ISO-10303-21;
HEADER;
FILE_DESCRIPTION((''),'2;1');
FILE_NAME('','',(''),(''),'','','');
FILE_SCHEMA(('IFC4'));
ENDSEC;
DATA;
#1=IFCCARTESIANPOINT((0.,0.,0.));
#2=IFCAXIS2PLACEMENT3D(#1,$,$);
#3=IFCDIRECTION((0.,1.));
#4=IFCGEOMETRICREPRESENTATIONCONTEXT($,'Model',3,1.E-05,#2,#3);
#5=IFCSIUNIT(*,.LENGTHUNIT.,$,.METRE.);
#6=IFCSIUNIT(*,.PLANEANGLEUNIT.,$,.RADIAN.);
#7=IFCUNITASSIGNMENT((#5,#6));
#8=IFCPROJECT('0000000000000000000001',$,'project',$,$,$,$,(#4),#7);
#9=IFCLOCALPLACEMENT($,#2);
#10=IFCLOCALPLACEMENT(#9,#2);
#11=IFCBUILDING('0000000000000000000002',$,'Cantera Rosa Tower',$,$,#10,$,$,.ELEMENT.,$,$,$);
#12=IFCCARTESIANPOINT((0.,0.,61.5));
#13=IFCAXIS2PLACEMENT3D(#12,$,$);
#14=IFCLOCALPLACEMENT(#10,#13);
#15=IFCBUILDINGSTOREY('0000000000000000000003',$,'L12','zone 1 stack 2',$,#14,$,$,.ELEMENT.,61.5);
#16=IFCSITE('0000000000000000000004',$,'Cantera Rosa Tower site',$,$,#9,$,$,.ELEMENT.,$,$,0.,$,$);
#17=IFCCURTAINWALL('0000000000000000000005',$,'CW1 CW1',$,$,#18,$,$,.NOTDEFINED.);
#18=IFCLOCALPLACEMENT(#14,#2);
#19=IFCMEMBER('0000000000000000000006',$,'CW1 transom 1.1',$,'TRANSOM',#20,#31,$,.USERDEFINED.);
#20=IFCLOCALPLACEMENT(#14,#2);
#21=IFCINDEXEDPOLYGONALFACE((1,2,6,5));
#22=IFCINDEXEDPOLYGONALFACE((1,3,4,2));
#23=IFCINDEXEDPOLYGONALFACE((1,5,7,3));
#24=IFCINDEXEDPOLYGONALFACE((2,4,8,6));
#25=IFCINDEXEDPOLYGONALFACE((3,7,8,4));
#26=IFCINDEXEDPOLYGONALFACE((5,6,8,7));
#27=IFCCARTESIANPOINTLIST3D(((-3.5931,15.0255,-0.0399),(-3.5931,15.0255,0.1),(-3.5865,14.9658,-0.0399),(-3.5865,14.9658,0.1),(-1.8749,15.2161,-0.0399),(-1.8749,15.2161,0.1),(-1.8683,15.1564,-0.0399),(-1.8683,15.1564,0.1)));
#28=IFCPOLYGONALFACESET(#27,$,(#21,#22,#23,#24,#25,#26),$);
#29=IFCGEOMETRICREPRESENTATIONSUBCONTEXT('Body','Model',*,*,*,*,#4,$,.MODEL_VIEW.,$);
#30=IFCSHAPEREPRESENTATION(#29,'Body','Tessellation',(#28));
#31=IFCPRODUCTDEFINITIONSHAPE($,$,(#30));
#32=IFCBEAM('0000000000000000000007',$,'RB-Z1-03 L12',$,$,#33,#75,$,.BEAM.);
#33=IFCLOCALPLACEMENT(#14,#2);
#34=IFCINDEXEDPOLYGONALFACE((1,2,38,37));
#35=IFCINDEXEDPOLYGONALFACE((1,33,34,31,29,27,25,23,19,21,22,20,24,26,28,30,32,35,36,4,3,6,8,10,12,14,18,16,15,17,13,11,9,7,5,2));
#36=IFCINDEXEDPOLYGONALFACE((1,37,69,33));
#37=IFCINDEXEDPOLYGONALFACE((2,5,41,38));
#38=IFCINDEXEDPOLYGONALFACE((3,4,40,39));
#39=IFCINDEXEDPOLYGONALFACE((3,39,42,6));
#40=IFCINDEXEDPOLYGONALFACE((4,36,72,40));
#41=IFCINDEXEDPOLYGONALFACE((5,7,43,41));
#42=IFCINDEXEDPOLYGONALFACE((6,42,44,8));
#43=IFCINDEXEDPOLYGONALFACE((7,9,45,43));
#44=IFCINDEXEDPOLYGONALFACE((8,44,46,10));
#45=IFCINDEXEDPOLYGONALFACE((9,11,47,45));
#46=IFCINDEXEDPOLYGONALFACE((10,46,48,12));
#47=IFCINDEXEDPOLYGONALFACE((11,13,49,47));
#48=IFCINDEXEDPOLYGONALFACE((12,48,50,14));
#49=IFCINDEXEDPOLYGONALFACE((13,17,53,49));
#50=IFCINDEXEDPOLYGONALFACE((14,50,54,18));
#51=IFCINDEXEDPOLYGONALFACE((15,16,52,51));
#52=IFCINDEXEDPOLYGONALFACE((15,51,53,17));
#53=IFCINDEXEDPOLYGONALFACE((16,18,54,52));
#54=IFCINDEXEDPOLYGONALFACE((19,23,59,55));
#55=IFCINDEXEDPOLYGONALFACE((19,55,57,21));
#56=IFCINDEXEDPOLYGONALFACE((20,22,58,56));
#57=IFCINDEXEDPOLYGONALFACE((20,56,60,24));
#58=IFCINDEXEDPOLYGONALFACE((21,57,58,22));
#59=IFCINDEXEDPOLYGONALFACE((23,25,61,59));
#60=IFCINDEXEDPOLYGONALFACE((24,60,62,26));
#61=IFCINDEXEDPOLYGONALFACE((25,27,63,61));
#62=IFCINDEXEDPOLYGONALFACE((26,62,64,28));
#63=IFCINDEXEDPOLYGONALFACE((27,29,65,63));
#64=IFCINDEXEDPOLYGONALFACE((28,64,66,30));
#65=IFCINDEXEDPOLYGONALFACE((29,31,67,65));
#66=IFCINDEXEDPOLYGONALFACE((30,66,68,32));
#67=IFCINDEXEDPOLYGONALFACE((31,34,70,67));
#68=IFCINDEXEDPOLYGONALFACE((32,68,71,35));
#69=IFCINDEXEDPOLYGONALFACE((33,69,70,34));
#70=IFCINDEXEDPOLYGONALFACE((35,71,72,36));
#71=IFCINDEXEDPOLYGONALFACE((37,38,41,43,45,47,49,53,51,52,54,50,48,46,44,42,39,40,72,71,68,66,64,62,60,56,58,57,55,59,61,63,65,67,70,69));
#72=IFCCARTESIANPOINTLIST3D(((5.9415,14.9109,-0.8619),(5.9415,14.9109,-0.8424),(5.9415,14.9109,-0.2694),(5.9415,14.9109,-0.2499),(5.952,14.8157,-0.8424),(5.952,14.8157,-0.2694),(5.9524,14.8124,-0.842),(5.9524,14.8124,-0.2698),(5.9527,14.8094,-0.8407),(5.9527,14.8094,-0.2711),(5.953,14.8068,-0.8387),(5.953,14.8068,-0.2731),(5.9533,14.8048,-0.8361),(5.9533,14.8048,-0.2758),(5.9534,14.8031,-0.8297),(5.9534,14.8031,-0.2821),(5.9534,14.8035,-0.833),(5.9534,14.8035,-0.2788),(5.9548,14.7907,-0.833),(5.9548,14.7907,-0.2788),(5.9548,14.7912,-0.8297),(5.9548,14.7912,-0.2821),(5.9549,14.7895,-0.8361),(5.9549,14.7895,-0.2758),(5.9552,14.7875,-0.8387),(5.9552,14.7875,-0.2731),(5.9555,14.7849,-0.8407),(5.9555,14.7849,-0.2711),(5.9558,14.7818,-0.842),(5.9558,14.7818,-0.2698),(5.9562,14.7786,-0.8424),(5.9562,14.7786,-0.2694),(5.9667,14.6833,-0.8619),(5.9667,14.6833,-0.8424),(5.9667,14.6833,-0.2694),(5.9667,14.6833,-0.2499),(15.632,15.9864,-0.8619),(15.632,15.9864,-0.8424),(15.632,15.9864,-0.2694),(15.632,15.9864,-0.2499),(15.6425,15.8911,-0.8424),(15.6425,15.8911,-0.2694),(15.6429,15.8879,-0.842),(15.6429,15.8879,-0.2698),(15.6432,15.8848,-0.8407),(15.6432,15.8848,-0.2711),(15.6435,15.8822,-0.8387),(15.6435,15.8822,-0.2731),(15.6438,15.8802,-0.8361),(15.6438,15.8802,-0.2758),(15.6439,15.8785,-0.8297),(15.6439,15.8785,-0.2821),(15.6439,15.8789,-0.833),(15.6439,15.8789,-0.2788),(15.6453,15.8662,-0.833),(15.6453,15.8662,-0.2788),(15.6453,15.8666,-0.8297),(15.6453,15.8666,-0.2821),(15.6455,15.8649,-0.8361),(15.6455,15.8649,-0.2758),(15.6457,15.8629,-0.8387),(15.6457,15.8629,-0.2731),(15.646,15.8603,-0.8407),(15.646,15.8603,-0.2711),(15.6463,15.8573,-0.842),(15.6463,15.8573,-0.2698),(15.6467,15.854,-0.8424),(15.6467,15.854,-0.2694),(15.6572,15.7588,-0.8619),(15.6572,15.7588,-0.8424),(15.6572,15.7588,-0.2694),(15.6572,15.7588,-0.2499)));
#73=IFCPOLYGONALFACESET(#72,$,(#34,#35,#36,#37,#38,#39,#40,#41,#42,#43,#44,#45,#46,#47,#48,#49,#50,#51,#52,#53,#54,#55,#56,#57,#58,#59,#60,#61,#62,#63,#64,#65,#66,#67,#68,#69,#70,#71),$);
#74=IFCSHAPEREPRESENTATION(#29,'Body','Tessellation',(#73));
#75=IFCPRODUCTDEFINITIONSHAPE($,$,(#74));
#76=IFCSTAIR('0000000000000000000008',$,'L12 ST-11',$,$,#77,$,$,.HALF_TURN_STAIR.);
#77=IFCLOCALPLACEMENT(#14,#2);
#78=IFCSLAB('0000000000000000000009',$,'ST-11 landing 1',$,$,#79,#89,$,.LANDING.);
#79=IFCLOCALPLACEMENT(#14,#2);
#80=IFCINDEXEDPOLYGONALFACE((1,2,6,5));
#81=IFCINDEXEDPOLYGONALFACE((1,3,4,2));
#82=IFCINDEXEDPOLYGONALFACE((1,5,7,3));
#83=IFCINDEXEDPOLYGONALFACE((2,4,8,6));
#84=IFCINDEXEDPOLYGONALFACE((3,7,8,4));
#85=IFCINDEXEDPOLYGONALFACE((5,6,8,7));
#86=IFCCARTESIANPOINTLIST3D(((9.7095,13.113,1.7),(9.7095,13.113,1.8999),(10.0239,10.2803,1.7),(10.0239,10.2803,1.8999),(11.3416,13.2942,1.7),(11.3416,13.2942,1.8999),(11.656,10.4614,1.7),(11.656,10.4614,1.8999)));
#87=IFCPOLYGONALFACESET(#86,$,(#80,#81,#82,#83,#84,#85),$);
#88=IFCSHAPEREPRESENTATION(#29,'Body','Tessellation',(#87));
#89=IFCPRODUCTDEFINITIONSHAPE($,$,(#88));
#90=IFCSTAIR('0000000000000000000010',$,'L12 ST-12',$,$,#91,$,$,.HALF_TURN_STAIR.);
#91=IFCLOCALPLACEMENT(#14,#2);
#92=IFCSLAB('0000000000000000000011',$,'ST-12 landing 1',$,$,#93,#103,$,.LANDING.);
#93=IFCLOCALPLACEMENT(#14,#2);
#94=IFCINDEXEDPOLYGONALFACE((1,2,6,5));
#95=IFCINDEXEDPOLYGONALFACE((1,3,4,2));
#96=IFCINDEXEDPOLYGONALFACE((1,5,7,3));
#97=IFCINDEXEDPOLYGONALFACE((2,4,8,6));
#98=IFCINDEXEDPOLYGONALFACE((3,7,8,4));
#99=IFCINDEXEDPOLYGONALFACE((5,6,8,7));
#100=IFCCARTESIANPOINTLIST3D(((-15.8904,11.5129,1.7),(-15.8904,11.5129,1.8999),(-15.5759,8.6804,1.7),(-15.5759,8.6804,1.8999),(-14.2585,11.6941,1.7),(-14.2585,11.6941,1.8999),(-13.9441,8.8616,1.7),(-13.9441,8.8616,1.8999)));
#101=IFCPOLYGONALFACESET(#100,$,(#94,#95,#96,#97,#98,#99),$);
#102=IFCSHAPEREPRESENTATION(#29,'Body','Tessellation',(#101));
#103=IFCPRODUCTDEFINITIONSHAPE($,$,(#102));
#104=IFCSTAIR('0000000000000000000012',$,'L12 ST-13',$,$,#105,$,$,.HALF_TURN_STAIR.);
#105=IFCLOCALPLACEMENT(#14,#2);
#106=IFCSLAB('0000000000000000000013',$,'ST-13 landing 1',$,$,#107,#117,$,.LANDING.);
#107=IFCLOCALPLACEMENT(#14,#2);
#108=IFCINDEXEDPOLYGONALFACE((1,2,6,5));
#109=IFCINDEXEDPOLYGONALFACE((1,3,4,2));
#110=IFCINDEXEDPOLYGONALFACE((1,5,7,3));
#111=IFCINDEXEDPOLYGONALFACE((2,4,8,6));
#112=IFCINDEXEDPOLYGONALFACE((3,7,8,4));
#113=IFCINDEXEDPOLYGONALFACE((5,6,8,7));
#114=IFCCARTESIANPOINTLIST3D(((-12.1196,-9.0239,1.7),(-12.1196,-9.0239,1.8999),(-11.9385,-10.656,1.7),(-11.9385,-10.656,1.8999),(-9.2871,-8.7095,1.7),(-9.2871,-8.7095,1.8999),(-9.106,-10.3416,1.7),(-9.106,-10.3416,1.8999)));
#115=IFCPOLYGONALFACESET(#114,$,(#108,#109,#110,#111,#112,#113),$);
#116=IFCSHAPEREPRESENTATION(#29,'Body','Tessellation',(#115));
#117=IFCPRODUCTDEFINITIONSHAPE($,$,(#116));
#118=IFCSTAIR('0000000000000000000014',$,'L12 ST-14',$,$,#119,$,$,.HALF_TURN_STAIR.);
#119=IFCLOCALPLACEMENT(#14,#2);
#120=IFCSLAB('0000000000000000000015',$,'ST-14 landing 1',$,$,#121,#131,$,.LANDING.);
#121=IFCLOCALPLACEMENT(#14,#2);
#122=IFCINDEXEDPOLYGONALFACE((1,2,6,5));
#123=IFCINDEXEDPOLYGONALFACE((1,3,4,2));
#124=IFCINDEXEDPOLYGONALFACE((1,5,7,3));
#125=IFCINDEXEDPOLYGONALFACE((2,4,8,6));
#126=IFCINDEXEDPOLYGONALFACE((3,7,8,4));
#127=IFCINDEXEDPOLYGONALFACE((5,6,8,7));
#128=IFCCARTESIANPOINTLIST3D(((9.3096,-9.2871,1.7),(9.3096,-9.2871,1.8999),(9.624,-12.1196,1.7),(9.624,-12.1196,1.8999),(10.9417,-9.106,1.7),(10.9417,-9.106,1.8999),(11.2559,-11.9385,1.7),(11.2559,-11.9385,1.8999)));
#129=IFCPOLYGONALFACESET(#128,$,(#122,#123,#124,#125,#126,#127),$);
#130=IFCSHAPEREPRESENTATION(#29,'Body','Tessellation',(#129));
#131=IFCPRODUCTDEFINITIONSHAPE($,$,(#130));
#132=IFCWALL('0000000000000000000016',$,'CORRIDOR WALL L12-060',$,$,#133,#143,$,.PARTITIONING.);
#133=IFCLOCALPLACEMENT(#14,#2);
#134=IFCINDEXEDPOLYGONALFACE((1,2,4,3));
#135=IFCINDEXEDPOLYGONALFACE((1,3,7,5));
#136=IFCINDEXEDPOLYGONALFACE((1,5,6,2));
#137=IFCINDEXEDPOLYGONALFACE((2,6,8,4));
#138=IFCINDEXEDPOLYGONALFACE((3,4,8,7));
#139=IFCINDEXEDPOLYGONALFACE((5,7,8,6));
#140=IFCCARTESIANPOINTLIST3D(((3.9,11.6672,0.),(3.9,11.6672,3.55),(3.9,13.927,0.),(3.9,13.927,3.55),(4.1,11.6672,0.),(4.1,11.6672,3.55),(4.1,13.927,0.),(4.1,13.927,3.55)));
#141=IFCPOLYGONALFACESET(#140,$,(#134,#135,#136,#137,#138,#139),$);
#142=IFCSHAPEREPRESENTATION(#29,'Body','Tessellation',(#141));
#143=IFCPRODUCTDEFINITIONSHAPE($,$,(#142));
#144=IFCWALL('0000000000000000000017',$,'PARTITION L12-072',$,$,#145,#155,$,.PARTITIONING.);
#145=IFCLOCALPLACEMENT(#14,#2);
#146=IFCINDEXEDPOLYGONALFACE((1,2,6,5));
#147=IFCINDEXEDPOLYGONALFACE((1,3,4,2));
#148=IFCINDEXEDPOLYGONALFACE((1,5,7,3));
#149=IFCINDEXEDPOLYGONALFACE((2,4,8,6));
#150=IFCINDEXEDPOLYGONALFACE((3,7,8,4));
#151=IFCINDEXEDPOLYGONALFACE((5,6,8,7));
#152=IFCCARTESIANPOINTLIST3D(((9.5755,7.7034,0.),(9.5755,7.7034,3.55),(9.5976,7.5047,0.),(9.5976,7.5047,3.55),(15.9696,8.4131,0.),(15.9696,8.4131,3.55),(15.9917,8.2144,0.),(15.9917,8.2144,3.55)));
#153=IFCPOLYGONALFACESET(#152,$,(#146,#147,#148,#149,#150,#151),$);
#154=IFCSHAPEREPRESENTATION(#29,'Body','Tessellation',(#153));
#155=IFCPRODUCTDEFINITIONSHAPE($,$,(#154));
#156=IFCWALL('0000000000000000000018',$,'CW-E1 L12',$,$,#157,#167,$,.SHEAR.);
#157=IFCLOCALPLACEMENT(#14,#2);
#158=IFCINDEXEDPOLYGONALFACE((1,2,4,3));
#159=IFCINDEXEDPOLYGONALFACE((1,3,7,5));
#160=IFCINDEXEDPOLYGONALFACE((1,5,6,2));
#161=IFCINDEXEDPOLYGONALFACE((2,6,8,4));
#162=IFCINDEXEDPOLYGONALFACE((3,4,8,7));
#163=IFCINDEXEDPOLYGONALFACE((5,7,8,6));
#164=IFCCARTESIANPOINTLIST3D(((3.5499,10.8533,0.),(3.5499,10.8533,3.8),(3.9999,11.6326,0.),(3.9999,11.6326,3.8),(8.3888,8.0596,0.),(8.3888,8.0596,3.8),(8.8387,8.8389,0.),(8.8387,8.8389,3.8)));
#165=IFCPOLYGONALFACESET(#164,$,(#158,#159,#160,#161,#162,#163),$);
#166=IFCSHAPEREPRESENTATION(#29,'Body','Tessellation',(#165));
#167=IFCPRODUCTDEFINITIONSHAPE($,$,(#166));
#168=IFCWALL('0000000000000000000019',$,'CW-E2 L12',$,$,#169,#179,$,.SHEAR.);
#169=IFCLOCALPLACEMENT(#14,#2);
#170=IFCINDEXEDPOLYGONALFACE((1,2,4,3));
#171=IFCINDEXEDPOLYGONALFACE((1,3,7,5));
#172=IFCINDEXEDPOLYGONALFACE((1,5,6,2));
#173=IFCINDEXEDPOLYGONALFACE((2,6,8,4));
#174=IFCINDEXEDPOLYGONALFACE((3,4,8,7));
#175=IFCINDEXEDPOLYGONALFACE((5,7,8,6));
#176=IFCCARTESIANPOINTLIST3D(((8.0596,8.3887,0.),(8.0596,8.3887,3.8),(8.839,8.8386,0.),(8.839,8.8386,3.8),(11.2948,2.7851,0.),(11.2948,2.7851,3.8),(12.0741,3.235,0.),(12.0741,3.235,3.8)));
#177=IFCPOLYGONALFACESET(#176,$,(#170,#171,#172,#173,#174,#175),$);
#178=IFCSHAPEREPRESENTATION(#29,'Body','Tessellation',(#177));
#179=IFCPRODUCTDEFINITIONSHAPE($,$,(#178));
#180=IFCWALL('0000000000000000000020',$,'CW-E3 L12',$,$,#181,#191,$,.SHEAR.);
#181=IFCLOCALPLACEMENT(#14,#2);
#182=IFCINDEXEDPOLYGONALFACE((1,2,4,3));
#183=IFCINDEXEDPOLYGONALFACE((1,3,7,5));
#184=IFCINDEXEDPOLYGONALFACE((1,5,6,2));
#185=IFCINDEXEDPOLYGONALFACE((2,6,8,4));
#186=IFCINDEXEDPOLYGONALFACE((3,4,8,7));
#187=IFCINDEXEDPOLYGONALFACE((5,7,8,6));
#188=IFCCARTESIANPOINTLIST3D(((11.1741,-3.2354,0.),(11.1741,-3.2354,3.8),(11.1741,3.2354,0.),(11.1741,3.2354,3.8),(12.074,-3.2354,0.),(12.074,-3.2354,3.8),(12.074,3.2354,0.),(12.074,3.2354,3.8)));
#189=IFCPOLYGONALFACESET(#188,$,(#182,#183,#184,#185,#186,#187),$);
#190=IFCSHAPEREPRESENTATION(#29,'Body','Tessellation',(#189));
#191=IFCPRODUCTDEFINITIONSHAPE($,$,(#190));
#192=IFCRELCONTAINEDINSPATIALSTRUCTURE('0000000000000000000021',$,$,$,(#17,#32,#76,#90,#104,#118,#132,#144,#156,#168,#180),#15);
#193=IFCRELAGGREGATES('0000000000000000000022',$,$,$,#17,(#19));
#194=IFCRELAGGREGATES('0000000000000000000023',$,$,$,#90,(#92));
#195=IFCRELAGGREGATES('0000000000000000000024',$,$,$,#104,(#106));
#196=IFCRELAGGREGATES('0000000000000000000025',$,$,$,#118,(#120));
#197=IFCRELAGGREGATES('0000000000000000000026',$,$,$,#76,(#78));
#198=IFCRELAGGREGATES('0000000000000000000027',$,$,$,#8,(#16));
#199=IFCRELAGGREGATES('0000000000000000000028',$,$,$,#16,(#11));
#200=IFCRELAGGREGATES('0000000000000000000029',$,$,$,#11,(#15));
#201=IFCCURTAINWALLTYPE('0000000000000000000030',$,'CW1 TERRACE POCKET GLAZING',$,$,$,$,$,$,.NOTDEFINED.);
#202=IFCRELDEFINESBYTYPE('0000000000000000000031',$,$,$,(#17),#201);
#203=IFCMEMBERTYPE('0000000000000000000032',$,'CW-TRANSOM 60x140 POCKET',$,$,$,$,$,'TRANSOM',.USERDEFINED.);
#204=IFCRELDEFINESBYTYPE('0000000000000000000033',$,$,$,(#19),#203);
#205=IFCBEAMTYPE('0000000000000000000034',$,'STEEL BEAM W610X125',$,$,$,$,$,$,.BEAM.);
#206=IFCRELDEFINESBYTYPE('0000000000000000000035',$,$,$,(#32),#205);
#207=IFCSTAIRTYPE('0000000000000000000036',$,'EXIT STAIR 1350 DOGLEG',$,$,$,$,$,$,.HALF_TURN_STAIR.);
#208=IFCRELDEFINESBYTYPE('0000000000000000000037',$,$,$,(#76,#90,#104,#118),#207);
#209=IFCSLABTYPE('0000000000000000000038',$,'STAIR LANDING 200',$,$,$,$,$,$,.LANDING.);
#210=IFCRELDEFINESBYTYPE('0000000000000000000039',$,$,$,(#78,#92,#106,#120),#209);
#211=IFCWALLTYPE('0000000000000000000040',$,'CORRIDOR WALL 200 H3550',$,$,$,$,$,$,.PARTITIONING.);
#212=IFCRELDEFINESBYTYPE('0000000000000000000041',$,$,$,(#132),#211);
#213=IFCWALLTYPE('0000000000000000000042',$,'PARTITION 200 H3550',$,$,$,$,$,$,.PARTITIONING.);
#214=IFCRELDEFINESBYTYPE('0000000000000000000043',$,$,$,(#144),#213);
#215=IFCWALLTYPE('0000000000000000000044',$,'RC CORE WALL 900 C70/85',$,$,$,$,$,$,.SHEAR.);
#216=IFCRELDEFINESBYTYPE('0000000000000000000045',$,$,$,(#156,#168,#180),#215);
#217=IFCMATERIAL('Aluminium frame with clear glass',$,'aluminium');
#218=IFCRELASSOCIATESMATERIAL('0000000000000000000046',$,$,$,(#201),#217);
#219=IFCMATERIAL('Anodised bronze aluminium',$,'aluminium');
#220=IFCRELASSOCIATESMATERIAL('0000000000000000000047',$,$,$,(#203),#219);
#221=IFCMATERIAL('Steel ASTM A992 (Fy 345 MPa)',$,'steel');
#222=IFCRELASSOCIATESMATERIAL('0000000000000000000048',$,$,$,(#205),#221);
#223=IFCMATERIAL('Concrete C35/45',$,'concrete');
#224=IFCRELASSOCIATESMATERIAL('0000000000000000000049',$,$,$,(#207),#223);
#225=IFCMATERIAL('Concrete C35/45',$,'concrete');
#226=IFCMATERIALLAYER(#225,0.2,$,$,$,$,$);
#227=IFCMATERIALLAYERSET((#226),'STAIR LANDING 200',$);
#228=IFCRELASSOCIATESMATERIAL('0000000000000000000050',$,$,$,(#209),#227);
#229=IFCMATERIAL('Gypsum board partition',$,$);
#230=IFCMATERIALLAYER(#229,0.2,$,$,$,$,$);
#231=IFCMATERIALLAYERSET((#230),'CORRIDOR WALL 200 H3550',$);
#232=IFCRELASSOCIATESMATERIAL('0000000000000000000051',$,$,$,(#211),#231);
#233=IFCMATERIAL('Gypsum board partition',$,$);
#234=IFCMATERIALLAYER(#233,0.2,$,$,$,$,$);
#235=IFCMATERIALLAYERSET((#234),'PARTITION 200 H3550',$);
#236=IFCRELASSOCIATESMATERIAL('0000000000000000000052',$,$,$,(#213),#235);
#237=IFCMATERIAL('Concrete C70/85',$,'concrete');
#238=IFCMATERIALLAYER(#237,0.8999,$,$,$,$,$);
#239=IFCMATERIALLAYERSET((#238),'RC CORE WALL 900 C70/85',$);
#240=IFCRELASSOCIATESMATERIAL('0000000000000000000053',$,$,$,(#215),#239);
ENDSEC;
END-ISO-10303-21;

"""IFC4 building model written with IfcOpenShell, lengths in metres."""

from ifc_helpers import new_model, si_unit, direction, frame, frame_2d, origin, origin_2d, place, context, subcontext, project, spatial, polyline, rectangle, i_section, outline, extrude, material, layer, layer_set, material_profile, profile_set, type_object, element, aggregate, save


model = new_model("IFC4")

# Units and contexts
model_context = context("Model", 3, precision=1e-05, world=origin(), true_north=direction((0.0, 1.0)))
body_context = subcontext(model_context, "Body", "Model", "MODEL_VIEW")
ifc_project = project(units=[si_unit("LENGTHUNIT", "METRE"), si_unit("PLANEANGLEUNIT", "RADIAN")], contexts=[model_context])

# Site, building, storey
site_placement = place(None, origin())
site = spatial("IfcSite", under=ifc_project, at=site_placement, Name="Cantera Rosa Tower site", CompositionType="ELEMENT", RefElevation=0.0)
building_placement = place(site_placement, origin())
building = spatial("IfcBuilding", under=site, at=building_placement, Name="Cantera Rosa Tower", CompositionType="ELEMENT")
storey_placement = place(building_placement, frame((0.0, 0.0, 61.5)))
storey = spatial("IfcBuildingStorey", under=building, at=storey_placement, Name="L12", Description="zone 1 stack 2", CompositionType="ELEMENT", Elevation=61.5)

# Curtain wall, member
ifc_material_1 = material(Name="Aluminium frame with clear glass", Category="aluminium")
curtain_wall_type = type_object("IfcCurtainWallType", Name="CW1 TERRACE POCKET GLAZING", PredefinedType="NOTDEFINED", material=ifc_material_1)
curtain_wall_placement = place(storey_placement, origin())
curtain_wall = element("IfcCurtainWall", 1, at=curtain_wall_placement, inside=storey, type_object=curtain_wall_type, Name="CW1 CW1", PredefinedType="NOTDEFINED")
ifc_material_2 = material(Name="Anodised bronze aluminium", Category="aluminium")
ifc_material_profile_1 = material_profile(ifc_material_2, rectangle(XDim=0.0601, YDim=0.1399, at=origin_2d()), Name="CW-TRANSOM 60x140 POCKET")
ifc_profile_set_1 = profile_set([ifc_material_profile_1], Name="Anodised bronze aluminium")
member_type = type_object("IfcMemberType", Name="CW-TRANSOM 60x140 POCKET", ElementType="TRANSOM", PredefinedType="USERDEFINED", material=ifc_profile_set_1)
member_placement = place(storey_placement, frame((-1.8716, 15.1863, 0.03), z_axis=(-0.993899, -0.110292, 0.0), x_axis=(0.110292, -0.993899, 0.0)))
member = element("IfcMember", 2, at=member_placement, type_object=member_type, Name="CW1 transom 1.1", ObjectType="TRANSOM", PredefinedType="USERDEFINED", context=body_context, shape_type="SweptSolid", body=[
    extrude(rectangle(XDim=0.0601, YDim=0.1399, at=origin_2d()), origin(), (0.0, 0.0, 1.0), 1.7288),
])
aggregate(curtain_wall, [member])

# Beam
ifc_material_3 = material(Name="Steel ASTM A992 (Fy 345 MPa)", Category="steel")
ifc_material_profile_2 = material_profile(ifc_material_3, i_section(OverallWidth=0.229, OverallDepth=0.6121, WebThickness=0.012, FlangeThickness=0.0195, FilletRadius=0.0127, at=origin_2d()), Name="W610X125")
ifc_profile_set_2 = profile_set([ifc_material_profile_2], Name="Steel ASTM A992 (Fy 345 MPa)")
beam_type = type_object("IfcBeamType", Name="STEEL BEAM W610X125", PredefinedType="BEAM", material=ifc_profile_set_2)
beam_placement = place(storey_placement, frame((5.9541, 14.7971, -0.5559), z_axis=(0.993898, 0.110302, 0.0), x_axis=(-0.110302, 0.993898, 0.0)))
element("IfcBeam", 3, at=beam_placement, inside=storey, type_object=beam_type, Name="RB-Z1-03 L12", PredefinedType="BEAM", context=body_context, shape_type="SweptSolid", body=[
    extrude(i_section(OverallWidth=0.229, OverallDepth=0.6121, WebThickness=0.012, FlangeThickness=0.0195, FilletRadius=0.0127, at=origin_2d()), origin(), (0.0, 0.0, 1.0), 9.75),
])

# Stairs, slabs
ifc_material_4 = material(Name="Concrete C35/45", Category="concrete")
stair_type = type_object("IfcStairType", Name="EXIT STAIR 1350 DOGLEG", PredefinedType="HALF_TURN_STAIR", material=ifc_material_4)
stair_1_placement = place(storey_placement, origin())
stair_1 = element("IfcStair", 4, at=stair_1_placement, inside=storey, type_object=stair_type, Name="L12 ST-11", PredefinedType="HALF_TURN_STAIR")
ifc_material_5 = material(Name="Concrete C35/45", Category="concrete")
ifc_layer_1 = layer(ifc_material_5, 0.2)
ifc_layer_set_1 = layer_set([ifc_layer_1], Name="STAIR LANDING 200")
slab_type = type_object("IfcSlabType", Name="STAIR LANDING 200", PredefinedType="LANDING", material=ifc_layer_set_1)
slab_1_placement = place(storey_placement, frame((0.0, 0.0, 1.7)))
slab_1 = element("IfcSlab", 5, at=slab_1_placement, type_object=slab_type, Name="ST-11 landing 1", PredefinedType="LANDING", context=body_context, shape_type="SweptSolid", body=[
    extrude(outline(polyline([(11.3416, 13.2942), (9.7095, 13.113), (10.0239, 10.2803), (11.656, 10.4614), (11.3416, 13.2942)])), origin(), (0.0, 0.0, 1.0), 0.2),
])
stair_2_placement = place(storey_placement, origin())
stair_2 = element("IfcStair", 6, at=stair_2_placement, inside=storey, type_object=stair_type, Name="L12 ST-12", PredefinedType="HALF_TURN_STAIR")
slab_2_placement = place(storey_placement, frame((0.0, 0.0, 1.7)))
slab_2 = element("IfcSlab", 7, at=slab_2_placement, type_object=slab_type, Name="ST-12 landing 1", PredefinedType="LANDING", context=body_context, shape_type="SweptSolid", body=[
    extrude(outline(polyline([(-14.2585, 11.6941), (-15.8904, 11.5129), (-15.5759, 8.6804), (-13.9441, 8.8616), (-14.2585, 11.6941)])), origin(), (0.0, 0.0, 1.0), 0.2),
])
aggregate(stair_2, [slab_2])
stair_3_placement = place(storey_placement, origin())
stair_3 = element("IfcStair", 8, at=stair_3_placement, inside=storey, type_object=stair_type, Name="L12 ST-13", PredefinedType="HALF_TURN_STAIR")
slab_3_placement = place(storey_placement, frame((0.0, 0.0, 1.7)))
slab_3 = element("IfcSlab", 9, at=slab_3_placement, type_object=slab_type, Name="ST-13 landing 1", PredefinedType="LANDING", context=body_context, shape_type="SweptSolid", body=[
    extrude(outline(polyline([(-9.106, -10.3416), (-9.2871, -8.7095), (-12.1196, -9.0239), (-11.9385, -10.656), (-9.106, -10.3416)])), origin(), (0.0, 0.0, 1.0), 0.2),
])
aggregate(stair_3, [slab_3])
stair_4_placement = place(storey_placement, origin())
stair_4 = element("IfcStair", 10, at=stair_4_placement, inside=storey, type_object=stair_type, Name="L12 ST-14", PredefinedType="HALF_TURN_STAIR")
slab_4_placement = place(storey_placement, frame((0.0, 0.0, 1.7)))
slab_4 = element("IfcSlab", 11, at=slab_4_placement, type_object=slab_type, Name="ST-14 landing 1", PredefinedType="LANDING", context=body_context, shape_type="SweptSolid", body=[
    extrude(outline(polyline([(10.9417, -9.106), (9.3096, -9.2871), (9.624, -12.1196), (11.2559, -11.9385), (10.9417, -9.106)])), origin(), (0.0, 0.0, 1.0), 0.2),
])
aggregate(stair_4, [slab_4])

# Walls
ifc_material_6 = material(Name="Gypsum board partition")
ifc_layer_2 = layer(ifc_material_6, 0.2)
ifc_layer_set_2 = layer_set([ifc_layer_2], Name="CORRIDOR WALL 200 H3550")
wall_type_1 = type_object("IfcWallType", Name="CORRIDOR WALL 200 H3550", PredefinedType="PARTITIONING", material=ifc_layer_set_2)
wall_1_placement = place(storey_placement, frame((4.0, 11.6672, 0.0), z_axis=(0.0, 0.0, 1.0), x_axis=(0.0, 1.0, 0.0)))
element("IfcWall", 12, at=wall_1_placement, inside=storey, type_object=wall_type_1, Name="CORRIDOR WALL L12-060", PredefinedType="PARTITIONING", context=body_context, shape_type="SweptSolid", body=[
    extrude(rectangle(XDim=2.2598, YDim=0.2, at=frame_2d((1.1299, 0.0))), origin(), (0.0, 0.0, 1.0), 3.55),
])
ifc_material_7 = material(Name="Gypsum board partition")
ifc_layer_3 = layer(ifc_material_7, 0.2)
ifc_layer_set_3 = layer_set([ifc_layer_3], Name="PARTITION 200 H3550")
wall_type_2 = type_object("IfcWallType", Name="PARTITION 200 H3550", PredefinedType="PARTITIONING", material=ifc_layer_set_3)
wall_2_placement = place(storey_placement, frame((9.5864, 7.604, 0.0), z_axis=(0.0, 0.0, 1.0), x_axis=(0.993896, 0.110319, 0.0)))
element("IfcWall", 13, at=wall_2_placement, inside=storey, type_object=wall_type_2, Name="PARTITION L12-072", PredefinedType="PARTITIONING", context=body_context, shape_type="SweptSolid", body=[
    extrude(rectangle(XDim=6.4333, YDim=0.2, at=frame_2d((3.2168, 0.0))), origin(), (0.0, 0.0, 1.0), 3.55),
])
ifc_material_8 = material(Name="Concrete C70/85", Category="concrete")
ifc_layer_4 = layer(ifc_material_8, 0.8999)
ifc_layer_set_4 = layer_set([ifc_layer_4], Name="RC CORE WALL 900 C70/85")
wall_type_3 = type_object("IfcWallType", Name="RC CORE WALL 900 C70/85", PredefinedType="SHEAR", material=ifc_layer_set_4)
wall_3_placement = place(storey_placement, frame((3.7749, 11.2429, 0.0), z_axis=(0.0, 0.0, 1.0), x_axis=(0.866027, -0.499997, 0.0)))
element("IfcWall", 14, at=wall_3_placement, inside=storey, type_object=wall_type_3, Name="CW-E1 L12", PredefinedType="SHEAR", context=body_context, shape_type="SweptSolid", body=[
    extrude(rectangle(XDim=5.5874, YDim=0.8999, at=frame_2d((2.7937, 0.0))), origin(), (0.0, 0.0, 1.0), 3.8),
])
wall_4_placement = place(storey_placement, frame((8.4492, 8.6138, 0.0), z_axis=(0.0, 0.0, 1.0), x_axis=(0.49999, -0.866031, 0.0)))
element("IfcWall", 15, at=wall_4_placement, inside=storey, type_object=wall_type_3, Name="CW-E2 L12", PredefinedType="SHEAR", context=body_context, shape_type="SweptSolid", body=[
    extrude(rectangle(XDim=6.4705, YDim=0.8999, at=frame_2d((3.2354, 0.0))), origin(), (0.0, 0.0, 1.0), 3.8),
])
wall_5_placement = place(storey_placement, frame((11.624, 3.2354, 0.0), z_axis=(0.0, 0.0, 1.0), x_axis=(0.0, -1.0, 0.0)))
element("IfcWall", 16, at=wall_5_placement, inside=storey, type_object=wall_type_3, Name="CW-E3 L12", PredefinedType="SHEAR", context=body_context, shape_type="SweptSolid", body=[
    extrude(rectangle(XDim=6.4707, YDim=0.8999, at=frame_2d((3.2354, 0.0))), origin(), (0.0, 0.0, 1.0), 3.8),
])

aggregate(stair_1, [slab_1])

save(model, "model.ifc")
